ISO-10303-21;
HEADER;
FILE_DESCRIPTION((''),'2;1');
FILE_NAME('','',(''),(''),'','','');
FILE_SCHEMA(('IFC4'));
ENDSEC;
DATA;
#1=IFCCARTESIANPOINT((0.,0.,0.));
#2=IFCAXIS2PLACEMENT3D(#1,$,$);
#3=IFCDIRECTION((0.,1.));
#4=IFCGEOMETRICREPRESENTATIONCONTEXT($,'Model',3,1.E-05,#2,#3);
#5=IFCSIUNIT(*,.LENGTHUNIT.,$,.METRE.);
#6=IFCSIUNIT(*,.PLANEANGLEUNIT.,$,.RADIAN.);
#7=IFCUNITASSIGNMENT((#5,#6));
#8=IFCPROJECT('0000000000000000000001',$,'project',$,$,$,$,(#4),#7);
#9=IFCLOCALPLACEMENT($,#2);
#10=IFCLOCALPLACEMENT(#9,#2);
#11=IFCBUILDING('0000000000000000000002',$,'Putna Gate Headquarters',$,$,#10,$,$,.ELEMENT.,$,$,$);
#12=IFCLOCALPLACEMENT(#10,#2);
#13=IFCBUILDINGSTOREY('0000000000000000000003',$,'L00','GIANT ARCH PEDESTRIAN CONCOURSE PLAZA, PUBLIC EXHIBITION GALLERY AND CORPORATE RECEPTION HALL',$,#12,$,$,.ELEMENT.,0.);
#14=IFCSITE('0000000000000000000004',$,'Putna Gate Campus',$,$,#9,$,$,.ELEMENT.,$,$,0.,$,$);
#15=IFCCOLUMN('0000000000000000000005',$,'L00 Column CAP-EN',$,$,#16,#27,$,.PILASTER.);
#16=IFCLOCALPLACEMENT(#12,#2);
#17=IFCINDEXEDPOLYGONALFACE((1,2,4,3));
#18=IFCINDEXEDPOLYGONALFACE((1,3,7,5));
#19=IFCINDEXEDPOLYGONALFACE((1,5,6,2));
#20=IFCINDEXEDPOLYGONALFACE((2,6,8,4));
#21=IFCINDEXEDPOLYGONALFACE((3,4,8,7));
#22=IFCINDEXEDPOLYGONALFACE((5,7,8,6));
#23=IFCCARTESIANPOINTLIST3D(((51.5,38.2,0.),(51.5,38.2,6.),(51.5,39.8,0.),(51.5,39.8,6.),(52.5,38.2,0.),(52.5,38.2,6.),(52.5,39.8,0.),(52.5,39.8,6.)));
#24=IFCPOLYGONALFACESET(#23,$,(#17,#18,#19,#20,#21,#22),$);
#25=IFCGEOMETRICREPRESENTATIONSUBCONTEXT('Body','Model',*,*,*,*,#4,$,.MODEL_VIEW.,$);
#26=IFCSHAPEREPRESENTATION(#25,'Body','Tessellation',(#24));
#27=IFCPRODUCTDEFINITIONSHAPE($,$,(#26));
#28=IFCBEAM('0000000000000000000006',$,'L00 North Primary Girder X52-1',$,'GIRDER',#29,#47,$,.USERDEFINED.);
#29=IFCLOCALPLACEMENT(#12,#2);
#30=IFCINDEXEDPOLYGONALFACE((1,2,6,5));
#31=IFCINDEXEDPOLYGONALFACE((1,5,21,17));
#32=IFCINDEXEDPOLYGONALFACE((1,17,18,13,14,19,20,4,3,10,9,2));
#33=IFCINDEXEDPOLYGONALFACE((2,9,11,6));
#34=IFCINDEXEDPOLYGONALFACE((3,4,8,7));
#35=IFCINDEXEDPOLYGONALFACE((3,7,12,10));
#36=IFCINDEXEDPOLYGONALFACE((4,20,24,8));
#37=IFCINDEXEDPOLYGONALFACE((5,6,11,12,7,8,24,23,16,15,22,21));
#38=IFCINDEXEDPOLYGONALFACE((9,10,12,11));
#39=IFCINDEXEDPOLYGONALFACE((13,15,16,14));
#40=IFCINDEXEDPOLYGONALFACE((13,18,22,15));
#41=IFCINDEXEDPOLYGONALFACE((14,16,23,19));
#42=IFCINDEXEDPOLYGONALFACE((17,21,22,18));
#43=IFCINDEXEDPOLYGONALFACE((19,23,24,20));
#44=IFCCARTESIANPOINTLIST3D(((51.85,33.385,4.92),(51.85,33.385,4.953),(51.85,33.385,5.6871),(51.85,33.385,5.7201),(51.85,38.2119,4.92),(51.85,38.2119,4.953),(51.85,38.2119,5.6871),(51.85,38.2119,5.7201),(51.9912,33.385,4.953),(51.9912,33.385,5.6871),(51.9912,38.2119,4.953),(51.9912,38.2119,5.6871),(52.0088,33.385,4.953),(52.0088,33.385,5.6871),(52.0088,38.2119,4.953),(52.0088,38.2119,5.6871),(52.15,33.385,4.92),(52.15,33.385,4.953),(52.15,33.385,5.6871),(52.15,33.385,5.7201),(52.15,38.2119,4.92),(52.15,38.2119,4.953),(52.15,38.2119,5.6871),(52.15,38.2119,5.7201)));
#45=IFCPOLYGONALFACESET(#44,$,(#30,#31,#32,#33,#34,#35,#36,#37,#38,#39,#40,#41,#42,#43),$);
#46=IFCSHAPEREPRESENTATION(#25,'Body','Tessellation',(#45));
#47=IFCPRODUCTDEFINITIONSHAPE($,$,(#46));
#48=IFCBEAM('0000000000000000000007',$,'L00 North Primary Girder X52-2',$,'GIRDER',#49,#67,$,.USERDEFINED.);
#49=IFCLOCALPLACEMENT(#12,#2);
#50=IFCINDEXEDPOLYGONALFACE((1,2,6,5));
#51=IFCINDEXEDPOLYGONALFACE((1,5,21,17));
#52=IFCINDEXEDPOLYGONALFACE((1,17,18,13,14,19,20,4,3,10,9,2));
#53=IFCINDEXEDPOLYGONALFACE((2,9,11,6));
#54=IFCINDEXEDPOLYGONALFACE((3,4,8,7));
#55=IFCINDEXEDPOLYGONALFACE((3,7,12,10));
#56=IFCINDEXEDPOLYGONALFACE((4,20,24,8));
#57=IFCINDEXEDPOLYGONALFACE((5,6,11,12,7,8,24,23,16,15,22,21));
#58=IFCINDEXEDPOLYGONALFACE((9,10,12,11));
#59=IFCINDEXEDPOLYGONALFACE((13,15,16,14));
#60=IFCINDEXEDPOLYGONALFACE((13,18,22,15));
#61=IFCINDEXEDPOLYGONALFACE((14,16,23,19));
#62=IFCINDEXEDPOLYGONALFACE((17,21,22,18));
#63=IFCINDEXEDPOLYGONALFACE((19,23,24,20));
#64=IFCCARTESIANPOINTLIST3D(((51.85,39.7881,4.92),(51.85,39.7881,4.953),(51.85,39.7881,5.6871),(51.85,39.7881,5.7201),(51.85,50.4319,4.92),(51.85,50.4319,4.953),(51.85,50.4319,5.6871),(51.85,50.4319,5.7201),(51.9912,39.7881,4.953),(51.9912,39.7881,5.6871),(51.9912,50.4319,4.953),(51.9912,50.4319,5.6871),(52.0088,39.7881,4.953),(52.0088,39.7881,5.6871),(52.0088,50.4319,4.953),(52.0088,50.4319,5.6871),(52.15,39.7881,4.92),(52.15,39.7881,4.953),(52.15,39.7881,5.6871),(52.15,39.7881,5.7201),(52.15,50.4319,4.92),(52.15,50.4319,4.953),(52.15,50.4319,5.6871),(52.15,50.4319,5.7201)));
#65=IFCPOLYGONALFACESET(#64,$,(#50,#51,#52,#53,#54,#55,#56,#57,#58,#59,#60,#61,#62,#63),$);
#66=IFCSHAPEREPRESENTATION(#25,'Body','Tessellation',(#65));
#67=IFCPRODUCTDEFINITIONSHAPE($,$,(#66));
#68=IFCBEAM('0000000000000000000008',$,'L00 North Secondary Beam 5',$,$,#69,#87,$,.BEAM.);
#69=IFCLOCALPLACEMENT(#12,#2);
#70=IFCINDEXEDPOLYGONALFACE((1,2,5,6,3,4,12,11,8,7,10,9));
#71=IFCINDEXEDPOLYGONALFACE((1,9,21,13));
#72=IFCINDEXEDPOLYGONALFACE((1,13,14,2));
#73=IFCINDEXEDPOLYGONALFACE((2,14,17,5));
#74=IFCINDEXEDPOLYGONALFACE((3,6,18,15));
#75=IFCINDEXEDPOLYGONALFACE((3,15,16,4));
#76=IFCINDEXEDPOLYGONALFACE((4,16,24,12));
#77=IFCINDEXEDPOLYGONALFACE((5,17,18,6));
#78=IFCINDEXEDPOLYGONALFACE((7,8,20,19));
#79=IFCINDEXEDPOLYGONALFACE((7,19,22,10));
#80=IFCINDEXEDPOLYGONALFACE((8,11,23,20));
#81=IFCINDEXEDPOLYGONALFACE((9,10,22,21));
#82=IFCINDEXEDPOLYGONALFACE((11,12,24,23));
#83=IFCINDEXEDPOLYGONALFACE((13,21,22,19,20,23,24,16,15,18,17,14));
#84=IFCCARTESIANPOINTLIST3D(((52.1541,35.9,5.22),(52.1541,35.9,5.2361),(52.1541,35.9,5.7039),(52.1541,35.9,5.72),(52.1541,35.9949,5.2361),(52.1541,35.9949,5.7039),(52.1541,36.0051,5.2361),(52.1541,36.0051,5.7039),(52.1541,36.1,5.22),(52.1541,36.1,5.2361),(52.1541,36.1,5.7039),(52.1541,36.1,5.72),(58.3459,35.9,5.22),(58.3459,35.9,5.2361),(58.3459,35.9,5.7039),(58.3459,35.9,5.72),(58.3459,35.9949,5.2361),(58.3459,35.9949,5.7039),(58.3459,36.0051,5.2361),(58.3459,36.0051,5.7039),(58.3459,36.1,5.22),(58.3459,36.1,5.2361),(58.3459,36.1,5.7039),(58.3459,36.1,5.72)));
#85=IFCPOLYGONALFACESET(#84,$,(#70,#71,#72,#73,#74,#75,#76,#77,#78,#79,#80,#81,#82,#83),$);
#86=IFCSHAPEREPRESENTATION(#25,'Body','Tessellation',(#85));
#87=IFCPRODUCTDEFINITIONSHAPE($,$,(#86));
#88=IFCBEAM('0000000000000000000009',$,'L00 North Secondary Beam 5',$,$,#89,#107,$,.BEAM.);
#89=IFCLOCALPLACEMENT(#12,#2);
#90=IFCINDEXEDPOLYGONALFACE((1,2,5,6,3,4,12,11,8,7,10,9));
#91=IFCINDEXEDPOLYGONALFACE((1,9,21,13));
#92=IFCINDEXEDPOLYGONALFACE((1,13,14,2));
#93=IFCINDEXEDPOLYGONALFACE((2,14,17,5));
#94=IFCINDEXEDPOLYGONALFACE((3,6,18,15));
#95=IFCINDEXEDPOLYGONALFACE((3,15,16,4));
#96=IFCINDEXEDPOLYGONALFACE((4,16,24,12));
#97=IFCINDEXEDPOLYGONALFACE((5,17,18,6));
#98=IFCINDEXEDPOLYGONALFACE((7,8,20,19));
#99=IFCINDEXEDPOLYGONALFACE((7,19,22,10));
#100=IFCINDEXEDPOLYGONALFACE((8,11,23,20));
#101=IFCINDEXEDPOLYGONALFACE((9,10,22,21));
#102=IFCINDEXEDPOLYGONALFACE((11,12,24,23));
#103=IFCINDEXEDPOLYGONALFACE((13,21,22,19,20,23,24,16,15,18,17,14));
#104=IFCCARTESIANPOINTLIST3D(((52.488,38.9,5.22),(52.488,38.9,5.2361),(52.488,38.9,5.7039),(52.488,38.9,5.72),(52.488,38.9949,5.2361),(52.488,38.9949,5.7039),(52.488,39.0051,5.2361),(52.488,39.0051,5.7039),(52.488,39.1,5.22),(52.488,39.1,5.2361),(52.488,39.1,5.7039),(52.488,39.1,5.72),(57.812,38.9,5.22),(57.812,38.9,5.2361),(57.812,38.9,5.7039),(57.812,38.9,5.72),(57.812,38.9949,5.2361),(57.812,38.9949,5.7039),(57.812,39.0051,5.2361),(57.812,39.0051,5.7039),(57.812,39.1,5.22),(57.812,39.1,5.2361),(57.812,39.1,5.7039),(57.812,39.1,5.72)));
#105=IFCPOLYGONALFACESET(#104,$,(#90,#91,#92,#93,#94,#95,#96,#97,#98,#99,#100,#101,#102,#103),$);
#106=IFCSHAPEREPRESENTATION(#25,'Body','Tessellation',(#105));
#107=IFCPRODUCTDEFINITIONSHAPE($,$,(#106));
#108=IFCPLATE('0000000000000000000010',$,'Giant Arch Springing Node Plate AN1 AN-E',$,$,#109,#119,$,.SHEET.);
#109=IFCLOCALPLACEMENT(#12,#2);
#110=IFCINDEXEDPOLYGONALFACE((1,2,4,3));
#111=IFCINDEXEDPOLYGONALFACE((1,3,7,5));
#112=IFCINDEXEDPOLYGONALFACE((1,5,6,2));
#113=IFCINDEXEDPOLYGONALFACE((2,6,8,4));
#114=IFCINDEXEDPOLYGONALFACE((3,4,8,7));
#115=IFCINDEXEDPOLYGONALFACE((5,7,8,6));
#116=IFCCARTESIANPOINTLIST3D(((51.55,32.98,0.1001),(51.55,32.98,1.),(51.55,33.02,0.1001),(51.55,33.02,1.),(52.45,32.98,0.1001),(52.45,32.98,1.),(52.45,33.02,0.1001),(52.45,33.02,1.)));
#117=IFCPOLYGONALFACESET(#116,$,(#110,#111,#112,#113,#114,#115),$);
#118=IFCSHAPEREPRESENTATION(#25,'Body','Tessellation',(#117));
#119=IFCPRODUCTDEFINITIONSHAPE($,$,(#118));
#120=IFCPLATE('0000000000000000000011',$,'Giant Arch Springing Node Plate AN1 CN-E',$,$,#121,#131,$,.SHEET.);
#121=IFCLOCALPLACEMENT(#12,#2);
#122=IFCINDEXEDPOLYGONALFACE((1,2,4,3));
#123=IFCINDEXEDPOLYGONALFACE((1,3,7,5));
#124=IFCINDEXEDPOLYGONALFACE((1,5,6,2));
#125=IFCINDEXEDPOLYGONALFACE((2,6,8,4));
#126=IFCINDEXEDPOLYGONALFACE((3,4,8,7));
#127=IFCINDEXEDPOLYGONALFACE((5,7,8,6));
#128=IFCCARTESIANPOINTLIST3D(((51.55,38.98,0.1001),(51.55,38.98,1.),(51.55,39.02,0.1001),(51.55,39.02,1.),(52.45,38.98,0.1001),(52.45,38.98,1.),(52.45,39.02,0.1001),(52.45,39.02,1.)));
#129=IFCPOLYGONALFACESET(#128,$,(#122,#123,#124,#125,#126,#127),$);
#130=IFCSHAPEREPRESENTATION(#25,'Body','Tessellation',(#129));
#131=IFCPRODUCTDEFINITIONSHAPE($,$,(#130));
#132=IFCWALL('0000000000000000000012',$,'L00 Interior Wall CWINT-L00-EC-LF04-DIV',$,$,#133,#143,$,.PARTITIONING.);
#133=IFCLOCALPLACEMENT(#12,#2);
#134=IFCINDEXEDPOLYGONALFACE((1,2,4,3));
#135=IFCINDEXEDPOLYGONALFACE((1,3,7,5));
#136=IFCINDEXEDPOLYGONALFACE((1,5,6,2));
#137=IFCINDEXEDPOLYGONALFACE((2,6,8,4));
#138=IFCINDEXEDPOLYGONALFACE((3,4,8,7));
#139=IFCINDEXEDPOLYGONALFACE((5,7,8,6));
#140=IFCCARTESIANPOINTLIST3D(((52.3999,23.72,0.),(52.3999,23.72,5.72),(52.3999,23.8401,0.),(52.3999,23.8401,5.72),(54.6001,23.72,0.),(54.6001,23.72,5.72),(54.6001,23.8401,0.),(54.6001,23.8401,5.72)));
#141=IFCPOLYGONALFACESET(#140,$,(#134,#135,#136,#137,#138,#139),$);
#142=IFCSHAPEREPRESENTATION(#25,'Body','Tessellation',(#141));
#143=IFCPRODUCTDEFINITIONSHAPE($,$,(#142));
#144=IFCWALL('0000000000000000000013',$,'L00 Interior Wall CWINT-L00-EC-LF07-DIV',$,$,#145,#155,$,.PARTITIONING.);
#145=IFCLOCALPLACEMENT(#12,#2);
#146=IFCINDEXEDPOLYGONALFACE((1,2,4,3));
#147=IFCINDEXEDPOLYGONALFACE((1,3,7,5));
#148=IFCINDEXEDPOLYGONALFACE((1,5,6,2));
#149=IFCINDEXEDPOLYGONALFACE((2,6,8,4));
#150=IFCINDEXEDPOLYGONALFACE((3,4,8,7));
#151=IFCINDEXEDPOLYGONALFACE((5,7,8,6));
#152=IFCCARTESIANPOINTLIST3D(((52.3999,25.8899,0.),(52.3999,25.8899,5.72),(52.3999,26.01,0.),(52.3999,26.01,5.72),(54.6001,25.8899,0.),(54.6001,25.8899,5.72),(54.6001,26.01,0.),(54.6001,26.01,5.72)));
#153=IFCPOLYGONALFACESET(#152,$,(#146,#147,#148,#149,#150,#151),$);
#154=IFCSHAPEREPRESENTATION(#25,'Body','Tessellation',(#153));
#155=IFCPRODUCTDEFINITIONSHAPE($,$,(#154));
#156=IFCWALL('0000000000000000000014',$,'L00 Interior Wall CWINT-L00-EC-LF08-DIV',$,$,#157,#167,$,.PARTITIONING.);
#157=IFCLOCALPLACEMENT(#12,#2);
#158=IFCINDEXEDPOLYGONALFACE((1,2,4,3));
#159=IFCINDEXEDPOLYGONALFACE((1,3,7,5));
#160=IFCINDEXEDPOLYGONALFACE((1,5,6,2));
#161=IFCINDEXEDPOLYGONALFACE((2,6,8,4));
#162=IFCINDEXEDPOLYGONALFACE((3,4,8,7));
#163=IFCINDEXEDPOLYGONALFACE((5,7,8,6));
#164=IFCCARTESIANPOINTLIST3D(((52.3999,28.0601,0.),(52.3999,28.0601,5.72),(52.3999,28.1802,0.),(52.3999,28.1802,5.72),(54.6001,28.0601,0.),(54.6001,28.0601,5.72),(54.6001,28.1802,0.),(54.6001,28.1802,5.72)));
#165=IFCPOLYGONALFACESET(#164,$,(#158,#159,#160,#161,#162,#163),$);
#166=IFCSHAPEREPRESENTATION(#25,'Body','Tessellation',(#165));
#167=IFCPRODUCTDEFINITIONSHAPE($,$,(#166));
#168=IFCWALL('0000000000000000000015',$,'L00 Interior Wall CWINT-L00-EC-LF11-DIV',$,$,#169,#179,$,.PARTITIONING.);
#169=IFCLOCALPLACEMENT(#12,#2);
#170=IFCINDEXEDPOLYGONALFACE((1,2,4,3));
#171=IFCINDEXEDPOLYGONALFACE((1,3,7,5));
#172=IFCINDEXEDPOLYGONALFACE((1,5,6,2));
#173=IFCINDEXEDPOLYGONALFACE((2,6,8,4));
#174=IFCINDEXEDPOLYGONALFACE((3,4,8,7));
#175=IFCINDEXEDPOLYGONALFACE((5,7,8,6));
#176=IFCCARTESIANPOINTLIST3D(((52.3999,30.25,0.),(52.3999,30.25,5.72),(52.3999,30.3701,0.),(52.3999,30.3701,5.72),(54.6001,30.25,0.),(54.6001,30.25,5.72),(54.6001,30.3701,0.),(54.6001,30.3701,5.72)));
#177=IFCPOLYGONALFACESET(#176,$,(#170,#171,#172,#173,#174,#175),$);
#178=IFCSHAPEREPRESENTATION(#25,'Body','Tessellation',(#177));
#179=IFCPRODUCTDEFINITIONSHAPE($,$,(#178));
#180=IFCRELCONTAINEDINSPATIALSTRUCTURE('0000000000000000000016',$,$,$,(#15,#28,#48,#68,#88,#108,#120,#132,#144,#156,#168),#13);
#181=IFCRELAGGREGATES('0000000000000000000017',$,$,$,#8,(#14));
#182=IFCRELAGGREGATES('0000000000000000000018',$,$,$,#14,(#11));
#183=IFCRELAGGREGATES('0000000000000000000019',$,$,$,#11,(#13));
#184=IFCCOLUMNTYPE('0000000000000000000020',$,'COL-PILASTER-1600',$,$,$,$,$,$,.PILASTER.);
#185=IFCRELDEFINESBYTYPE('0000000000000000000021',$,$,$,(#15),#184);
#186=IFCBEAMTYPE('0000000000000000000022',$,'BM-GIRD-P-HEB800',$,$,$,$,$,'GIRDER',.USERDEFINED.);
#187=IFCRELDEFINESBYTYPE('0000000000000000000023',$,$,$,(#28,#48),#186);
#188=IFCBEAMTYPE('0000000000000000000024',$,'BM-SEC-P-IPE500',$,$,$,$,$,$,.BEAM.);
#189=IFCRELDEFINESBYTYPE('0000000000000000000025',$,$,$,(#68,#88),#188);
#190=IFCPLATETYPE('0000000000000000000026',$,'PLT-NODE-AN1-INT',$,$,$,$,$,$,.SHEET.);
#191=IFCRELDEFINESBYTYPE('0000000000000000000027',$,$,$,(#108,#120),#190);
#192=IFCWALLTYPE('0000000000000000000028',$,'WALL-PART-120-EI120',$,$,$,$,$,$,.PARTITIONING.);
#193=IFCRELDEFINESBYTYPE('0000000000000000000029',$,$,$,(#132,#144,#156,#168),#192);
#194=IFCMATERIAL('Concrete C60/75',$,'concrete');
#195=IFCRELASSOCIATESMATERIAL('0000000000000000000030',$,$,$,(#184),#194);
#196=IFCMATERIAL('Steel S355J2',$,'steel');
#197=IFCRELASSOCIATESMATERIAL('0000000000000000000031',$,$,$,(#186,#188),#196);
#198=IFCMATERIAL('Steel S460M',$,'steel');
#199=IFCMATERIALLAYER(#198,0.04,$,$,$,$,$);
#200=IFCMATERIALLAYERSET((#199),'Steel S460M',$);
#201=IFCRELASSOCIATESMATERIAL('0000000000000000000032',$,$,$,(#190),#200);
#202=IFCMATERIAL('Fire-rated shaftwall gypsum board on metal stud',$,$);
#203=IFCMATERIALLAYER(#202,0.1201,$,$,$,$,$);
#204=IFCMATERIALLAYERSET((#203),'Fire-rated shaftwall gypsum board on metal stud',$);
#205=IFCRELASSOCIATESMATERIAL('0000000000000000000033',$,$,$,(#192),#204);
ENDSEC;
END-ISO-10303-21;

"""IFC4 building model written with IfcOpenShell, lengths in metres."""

from ifc_helpers import new_model, si_unit, direction, frame, frame_2d, origin, origin_2d, place, context, subcontext, project, spatial, rectangle, i_section, extrude, material, layer, layer_set, material_profile, profile_set, type_object, element, save


model = new_model("IFC4")

# Units and contexts
model_context = context("Model", 3, precision=1e-05, world=origin(), true_north=direction((0.0, 1.0)))
body_context = subcontext(model_context, "Body", "Model", "MODEL_VIEW")
ifc_project = project(units=[si_unit("LENGTHUNIT", "METRE"), si_unit("PLANEANGLEUNIT", "RADIAN")], contexts=[model_context])

# Site, building, storey
site_placement = place(None, origin())
site = spatial("IfcSite", under=ifc_project, at=site_placement, Name="Putna Gate Campus", CompositionType="ELEMENT", RefElevation=0.0)
building_placement = place(site_placement, origin())
building = spatial("IfcBuilding", under=site, at=building_placement, Name="Putna Gate Headquarters", CompositionType="ELEMENT")
storey_placement = place(building_placement, origin())
storey = spatial("IfcBuildingStorey", under=building, at=storey_placement, Name="L00", Description="GIANT ARCH PEDESTRIAN CONCOURSE PLAZA, PUBLIC EXHIBITION GALLERY AND CORPORATE RECEPTION HALL", CompositionType="ELEMENT", Elevation=0.0)

# Column
ifc_material_1 = material(Name="Concrete C60/75", Category="concrete")
ifc_material_profile_1 = material_profile(ifc_material_1, rectangle(XDim=1.0, YDim=1.6001, at=origin_2d()), Name="Concrete C60/75")
ifc_profile_set_1 = profile_set([ifc_material_profile_1], Name="Concrete C60/75")
column_type = type_object("IfcColumnType", Name="COL-PILASTER-1600", PredefinedType="PILASTER", material=ifc_profile_set_1)
column_placement = place(storey_placement, frame((52.0, 39.0, 0.0), z_axis=(0.0, 0.0, 1.0), x_axis=(1.0, 0.0, 0.0)))
element("IfcColumn", 1, at=column_placement, inside=storey, type_object=column_type, Name="L00 Column CAP-EN", PredefinedType="PILASTER", context=body_context, shape_type="SweptSolid", body=[
    extrude(rectangle(XDim=1.0, YDim=1.6001, at=origin_2d()), origin(), (0.0, 0.0, 1.0), 6.0),
])

# Beams
ifc_material_2 = material(Name="Steel S355J2", Category="steel")
ifc_material_profile_2 = material_profile(ifc_material_2, i_section(OverallWidth=0.3, OverallDepth=0.8, WebThickness=0.0176, FlangeThickness=0.033, at=origin_2d()), Name="Steel S355J2")
ifc_profile_set_2 = profile_set([ifc_material_profile_2], Name="Steel S355J2")
beam_type_1 = type_object("IfcBeamType", Name="BM-GIRD-P-HEB800", ElementType="GIRDER", PredefinedType="USERDEFINED", material=ifc_profile_set_2)
beam_1_placement = place(storey_placement, frame((52.0, 33.385, 5.3201), z_axis=(0.0, 1.0, 0.0), x_axis=(-1.0, 0.0, 0.0)))
element("IfcBeam", 2, at=beam_1_placement, inside=storey, type_object=beam_type_1, Name="L00 North Primary Girder X52-1", ObjectType="GIRDER", PredefinedType="USERDEFINED", context=body_context, shape_type="SweptSolid", body=[
    extrude(i_section(OverallWidth=0.3, OverallDepth=0.8, WebThickness=0.0176, FlangeThickness=0.033, at=origin_2d()), origin(), (0.0, 0.0, 1.0), 4.8269),
])
beam_2_placement = place(storey_placement, frame((52.0, 39.7881, 5.3201), z_axis=(0.0, 1.0, 0.0), x_axis=(-1.0, 0.0, 0.0)))
element("IfcBeam", 3, at=beam_2_placement, inside=storey, type_object=beam_type_1, Name="L00 North Primary Girder X52-2", ObjectType="GIRDER", PredefinedType="USERDEFINED", context=body_context, shape_type="SweptSolid", body=[
    extrude(i_section(OverallWidth=0.3, OverallDepth=0.8, WebThickness=0.0176, FlangeThickness=0.033, at=origin_2d()), origin(), (0.0, 0.0, 1.0), 10.6438),
])
ifc_material_profile_3 = material_profile(ifc_material_2, i_section(OverallWidth=0.2, OverallDepth=0.5, WebThickness=0.0103, FlangeThickness=0.0161, at=origin_2d()), Name="Steel S355J2")
ifc_profile_set_3 = profile_set([ifc_material_profile_3], Name="Steel S355J2")
beam_type_2 = type_object("IfcBeamType", Name="BM-SEC-P-IPE500", PredefinedType="BEAM", material=ifc_profile_set_3)
beam_3_placement = place(storey_placement, frame((52.1541, 36.0, 5.47), z_axis=(1.0, 0.0, 0.0), x_axis=(0.0, 1.0, 0.0)))
element("IfcBeam", 4, at=beam_3_placement, inside=storey, type_object=beam_type_2, Name="L00 North Secondary Beam 5", PredefinedType="BEAM", context=body_context, shape_type="SweptSolid", body=[
    extrude(i_section(OverallWidth=0.2, OverallDepth=0.5, WebThickness=0.0103, FlangeThickness=0.0161, at=origin_2d()), origin(), (0.0, 0.0, 1.0), 6.1919),
])
beam_4_placement = place(storey_placement, frame((52.488, 39.0, 5.47), z_axis=(1.0, 0.0, 0.0), x_axis=(0.0, 1.0, 0.0)))
element("IfcBeam", 5, at=beam_4_placement, inside=storey, type_object=beam_type_2, Name="L00 North Secondary Beam 5", PredefinedType="BEAM", context=body_context, shape_type="SweptSolid", body=[
    extrude(i_section(OverallWidth=0.2, OverallDepth=0.5, WebThickness=0.0103, FlangeThickness=0.0161, at=origin_2d()), origin(), (0.0, 0.0, 1.0), 5.324),
])

# Plates
ifc_material_3 = material(Name="Steel S460M", Category="steel")
ifc_layer_1 = layer(ifc_material_3, 0.04)
ifc_layer_set_1 = layer_set([ifc_layer_1], Name="Steel S460M")
plate_type = type_object("IfcPlateType", Name="PLT-NODE-AN1-INT", PredefinedType="SHEET", material=ifc_layer_set_1)
for number, where, z_axis, x_axis, name in (
    (6, (52.0, 33.0, 0.1001), (0.0, 0.0, 1.0), (1.0, 0.0, 0.0), "Giant Arch Springing Node Plate AN1 AN-E"),
    (7, (52.0, 39.0, 0.1001), (0.0, 0.0, 1.0), (1.0, 0.0, 0.0), "Giant Arch Springing Node Plate AN1 CN-E"),
):
    element("IfcPlate", number, at=place(storey_placement, frame(where, z_axis=z_axis, x_axis=x_axis)), inside=storey, type_object=plate_type, Name=name, PredefinedType="SHEET", context=body_context, shape_type="SweptSolid", body=[
        extrude(rectangle(XDim=0.8999, YDim=0.04, at=origin_2d()), origin(), (0.0, 0.0, 1.0), 0.8999),
    ])

# Walls
ifc_material_4 = material(Name="Fire-rated shaftwall gypsum board on metal stud")
ifc_layer_2 = layer(ifc_material_4, 0.1201)
ifc_layer_set_2 = layer_set([ifc_layer_2], Name="Fire-rated shaftwall gypsum board on metal stud")
wall_type_1 = type_object("IfcWallType", Name="WALL-PART-120-EI120", PredefinedType="PARTITIONING", material=ifc_layer_set_2)
for number, where, z_axis, x_axis, name in (
    (8, (52.3999, 23.78, 0.0), (0.0, 0.0, 1.0), (1.0, 0.0, 0.0), "L00 Interior Wall CWINT-L00-EC-LF04-DIV"),
    (9, (52.3999, 25.95, 0.0), (0.0, 0.0, 1.0), (1.0, 0.0, 0.0), "L00 Interior Wall CWINT-L00-EC-LF07-DIV"),
    (10, (52.3999, 28.1201, 0.0), (0.0, 0.0, 1.0), (1.0, 0.0, 0.0), "L00 Interior Wall CWINT-L00-EC-LF08-DIV"),
    (11, (52.3999, 30.3101, 0.0), (0.0, 0.0, 1.0), (1.0, 0.0, 0.0), "L00 Interior Wall CWINT-L00-EC-LF11-DIV"),
):
    element("IfcWall", number, at=place(storey_placement, frame(where, z_axis=z_axis, x_axis=x_axis)), inside=storey, type_object=wall_type_1, Name=name, PredefinedType="PARTITIONING", context=body_context, shape_type="SweptSolid", body=[
        extrude(rectangle(XDim=2.2002, YDim=0.1201, at=frame_2d((1.1001, 0.0))), origin(), (0.0, 0.0, 1.0), 5.72),
    ])

save(model, "model.ifc")
